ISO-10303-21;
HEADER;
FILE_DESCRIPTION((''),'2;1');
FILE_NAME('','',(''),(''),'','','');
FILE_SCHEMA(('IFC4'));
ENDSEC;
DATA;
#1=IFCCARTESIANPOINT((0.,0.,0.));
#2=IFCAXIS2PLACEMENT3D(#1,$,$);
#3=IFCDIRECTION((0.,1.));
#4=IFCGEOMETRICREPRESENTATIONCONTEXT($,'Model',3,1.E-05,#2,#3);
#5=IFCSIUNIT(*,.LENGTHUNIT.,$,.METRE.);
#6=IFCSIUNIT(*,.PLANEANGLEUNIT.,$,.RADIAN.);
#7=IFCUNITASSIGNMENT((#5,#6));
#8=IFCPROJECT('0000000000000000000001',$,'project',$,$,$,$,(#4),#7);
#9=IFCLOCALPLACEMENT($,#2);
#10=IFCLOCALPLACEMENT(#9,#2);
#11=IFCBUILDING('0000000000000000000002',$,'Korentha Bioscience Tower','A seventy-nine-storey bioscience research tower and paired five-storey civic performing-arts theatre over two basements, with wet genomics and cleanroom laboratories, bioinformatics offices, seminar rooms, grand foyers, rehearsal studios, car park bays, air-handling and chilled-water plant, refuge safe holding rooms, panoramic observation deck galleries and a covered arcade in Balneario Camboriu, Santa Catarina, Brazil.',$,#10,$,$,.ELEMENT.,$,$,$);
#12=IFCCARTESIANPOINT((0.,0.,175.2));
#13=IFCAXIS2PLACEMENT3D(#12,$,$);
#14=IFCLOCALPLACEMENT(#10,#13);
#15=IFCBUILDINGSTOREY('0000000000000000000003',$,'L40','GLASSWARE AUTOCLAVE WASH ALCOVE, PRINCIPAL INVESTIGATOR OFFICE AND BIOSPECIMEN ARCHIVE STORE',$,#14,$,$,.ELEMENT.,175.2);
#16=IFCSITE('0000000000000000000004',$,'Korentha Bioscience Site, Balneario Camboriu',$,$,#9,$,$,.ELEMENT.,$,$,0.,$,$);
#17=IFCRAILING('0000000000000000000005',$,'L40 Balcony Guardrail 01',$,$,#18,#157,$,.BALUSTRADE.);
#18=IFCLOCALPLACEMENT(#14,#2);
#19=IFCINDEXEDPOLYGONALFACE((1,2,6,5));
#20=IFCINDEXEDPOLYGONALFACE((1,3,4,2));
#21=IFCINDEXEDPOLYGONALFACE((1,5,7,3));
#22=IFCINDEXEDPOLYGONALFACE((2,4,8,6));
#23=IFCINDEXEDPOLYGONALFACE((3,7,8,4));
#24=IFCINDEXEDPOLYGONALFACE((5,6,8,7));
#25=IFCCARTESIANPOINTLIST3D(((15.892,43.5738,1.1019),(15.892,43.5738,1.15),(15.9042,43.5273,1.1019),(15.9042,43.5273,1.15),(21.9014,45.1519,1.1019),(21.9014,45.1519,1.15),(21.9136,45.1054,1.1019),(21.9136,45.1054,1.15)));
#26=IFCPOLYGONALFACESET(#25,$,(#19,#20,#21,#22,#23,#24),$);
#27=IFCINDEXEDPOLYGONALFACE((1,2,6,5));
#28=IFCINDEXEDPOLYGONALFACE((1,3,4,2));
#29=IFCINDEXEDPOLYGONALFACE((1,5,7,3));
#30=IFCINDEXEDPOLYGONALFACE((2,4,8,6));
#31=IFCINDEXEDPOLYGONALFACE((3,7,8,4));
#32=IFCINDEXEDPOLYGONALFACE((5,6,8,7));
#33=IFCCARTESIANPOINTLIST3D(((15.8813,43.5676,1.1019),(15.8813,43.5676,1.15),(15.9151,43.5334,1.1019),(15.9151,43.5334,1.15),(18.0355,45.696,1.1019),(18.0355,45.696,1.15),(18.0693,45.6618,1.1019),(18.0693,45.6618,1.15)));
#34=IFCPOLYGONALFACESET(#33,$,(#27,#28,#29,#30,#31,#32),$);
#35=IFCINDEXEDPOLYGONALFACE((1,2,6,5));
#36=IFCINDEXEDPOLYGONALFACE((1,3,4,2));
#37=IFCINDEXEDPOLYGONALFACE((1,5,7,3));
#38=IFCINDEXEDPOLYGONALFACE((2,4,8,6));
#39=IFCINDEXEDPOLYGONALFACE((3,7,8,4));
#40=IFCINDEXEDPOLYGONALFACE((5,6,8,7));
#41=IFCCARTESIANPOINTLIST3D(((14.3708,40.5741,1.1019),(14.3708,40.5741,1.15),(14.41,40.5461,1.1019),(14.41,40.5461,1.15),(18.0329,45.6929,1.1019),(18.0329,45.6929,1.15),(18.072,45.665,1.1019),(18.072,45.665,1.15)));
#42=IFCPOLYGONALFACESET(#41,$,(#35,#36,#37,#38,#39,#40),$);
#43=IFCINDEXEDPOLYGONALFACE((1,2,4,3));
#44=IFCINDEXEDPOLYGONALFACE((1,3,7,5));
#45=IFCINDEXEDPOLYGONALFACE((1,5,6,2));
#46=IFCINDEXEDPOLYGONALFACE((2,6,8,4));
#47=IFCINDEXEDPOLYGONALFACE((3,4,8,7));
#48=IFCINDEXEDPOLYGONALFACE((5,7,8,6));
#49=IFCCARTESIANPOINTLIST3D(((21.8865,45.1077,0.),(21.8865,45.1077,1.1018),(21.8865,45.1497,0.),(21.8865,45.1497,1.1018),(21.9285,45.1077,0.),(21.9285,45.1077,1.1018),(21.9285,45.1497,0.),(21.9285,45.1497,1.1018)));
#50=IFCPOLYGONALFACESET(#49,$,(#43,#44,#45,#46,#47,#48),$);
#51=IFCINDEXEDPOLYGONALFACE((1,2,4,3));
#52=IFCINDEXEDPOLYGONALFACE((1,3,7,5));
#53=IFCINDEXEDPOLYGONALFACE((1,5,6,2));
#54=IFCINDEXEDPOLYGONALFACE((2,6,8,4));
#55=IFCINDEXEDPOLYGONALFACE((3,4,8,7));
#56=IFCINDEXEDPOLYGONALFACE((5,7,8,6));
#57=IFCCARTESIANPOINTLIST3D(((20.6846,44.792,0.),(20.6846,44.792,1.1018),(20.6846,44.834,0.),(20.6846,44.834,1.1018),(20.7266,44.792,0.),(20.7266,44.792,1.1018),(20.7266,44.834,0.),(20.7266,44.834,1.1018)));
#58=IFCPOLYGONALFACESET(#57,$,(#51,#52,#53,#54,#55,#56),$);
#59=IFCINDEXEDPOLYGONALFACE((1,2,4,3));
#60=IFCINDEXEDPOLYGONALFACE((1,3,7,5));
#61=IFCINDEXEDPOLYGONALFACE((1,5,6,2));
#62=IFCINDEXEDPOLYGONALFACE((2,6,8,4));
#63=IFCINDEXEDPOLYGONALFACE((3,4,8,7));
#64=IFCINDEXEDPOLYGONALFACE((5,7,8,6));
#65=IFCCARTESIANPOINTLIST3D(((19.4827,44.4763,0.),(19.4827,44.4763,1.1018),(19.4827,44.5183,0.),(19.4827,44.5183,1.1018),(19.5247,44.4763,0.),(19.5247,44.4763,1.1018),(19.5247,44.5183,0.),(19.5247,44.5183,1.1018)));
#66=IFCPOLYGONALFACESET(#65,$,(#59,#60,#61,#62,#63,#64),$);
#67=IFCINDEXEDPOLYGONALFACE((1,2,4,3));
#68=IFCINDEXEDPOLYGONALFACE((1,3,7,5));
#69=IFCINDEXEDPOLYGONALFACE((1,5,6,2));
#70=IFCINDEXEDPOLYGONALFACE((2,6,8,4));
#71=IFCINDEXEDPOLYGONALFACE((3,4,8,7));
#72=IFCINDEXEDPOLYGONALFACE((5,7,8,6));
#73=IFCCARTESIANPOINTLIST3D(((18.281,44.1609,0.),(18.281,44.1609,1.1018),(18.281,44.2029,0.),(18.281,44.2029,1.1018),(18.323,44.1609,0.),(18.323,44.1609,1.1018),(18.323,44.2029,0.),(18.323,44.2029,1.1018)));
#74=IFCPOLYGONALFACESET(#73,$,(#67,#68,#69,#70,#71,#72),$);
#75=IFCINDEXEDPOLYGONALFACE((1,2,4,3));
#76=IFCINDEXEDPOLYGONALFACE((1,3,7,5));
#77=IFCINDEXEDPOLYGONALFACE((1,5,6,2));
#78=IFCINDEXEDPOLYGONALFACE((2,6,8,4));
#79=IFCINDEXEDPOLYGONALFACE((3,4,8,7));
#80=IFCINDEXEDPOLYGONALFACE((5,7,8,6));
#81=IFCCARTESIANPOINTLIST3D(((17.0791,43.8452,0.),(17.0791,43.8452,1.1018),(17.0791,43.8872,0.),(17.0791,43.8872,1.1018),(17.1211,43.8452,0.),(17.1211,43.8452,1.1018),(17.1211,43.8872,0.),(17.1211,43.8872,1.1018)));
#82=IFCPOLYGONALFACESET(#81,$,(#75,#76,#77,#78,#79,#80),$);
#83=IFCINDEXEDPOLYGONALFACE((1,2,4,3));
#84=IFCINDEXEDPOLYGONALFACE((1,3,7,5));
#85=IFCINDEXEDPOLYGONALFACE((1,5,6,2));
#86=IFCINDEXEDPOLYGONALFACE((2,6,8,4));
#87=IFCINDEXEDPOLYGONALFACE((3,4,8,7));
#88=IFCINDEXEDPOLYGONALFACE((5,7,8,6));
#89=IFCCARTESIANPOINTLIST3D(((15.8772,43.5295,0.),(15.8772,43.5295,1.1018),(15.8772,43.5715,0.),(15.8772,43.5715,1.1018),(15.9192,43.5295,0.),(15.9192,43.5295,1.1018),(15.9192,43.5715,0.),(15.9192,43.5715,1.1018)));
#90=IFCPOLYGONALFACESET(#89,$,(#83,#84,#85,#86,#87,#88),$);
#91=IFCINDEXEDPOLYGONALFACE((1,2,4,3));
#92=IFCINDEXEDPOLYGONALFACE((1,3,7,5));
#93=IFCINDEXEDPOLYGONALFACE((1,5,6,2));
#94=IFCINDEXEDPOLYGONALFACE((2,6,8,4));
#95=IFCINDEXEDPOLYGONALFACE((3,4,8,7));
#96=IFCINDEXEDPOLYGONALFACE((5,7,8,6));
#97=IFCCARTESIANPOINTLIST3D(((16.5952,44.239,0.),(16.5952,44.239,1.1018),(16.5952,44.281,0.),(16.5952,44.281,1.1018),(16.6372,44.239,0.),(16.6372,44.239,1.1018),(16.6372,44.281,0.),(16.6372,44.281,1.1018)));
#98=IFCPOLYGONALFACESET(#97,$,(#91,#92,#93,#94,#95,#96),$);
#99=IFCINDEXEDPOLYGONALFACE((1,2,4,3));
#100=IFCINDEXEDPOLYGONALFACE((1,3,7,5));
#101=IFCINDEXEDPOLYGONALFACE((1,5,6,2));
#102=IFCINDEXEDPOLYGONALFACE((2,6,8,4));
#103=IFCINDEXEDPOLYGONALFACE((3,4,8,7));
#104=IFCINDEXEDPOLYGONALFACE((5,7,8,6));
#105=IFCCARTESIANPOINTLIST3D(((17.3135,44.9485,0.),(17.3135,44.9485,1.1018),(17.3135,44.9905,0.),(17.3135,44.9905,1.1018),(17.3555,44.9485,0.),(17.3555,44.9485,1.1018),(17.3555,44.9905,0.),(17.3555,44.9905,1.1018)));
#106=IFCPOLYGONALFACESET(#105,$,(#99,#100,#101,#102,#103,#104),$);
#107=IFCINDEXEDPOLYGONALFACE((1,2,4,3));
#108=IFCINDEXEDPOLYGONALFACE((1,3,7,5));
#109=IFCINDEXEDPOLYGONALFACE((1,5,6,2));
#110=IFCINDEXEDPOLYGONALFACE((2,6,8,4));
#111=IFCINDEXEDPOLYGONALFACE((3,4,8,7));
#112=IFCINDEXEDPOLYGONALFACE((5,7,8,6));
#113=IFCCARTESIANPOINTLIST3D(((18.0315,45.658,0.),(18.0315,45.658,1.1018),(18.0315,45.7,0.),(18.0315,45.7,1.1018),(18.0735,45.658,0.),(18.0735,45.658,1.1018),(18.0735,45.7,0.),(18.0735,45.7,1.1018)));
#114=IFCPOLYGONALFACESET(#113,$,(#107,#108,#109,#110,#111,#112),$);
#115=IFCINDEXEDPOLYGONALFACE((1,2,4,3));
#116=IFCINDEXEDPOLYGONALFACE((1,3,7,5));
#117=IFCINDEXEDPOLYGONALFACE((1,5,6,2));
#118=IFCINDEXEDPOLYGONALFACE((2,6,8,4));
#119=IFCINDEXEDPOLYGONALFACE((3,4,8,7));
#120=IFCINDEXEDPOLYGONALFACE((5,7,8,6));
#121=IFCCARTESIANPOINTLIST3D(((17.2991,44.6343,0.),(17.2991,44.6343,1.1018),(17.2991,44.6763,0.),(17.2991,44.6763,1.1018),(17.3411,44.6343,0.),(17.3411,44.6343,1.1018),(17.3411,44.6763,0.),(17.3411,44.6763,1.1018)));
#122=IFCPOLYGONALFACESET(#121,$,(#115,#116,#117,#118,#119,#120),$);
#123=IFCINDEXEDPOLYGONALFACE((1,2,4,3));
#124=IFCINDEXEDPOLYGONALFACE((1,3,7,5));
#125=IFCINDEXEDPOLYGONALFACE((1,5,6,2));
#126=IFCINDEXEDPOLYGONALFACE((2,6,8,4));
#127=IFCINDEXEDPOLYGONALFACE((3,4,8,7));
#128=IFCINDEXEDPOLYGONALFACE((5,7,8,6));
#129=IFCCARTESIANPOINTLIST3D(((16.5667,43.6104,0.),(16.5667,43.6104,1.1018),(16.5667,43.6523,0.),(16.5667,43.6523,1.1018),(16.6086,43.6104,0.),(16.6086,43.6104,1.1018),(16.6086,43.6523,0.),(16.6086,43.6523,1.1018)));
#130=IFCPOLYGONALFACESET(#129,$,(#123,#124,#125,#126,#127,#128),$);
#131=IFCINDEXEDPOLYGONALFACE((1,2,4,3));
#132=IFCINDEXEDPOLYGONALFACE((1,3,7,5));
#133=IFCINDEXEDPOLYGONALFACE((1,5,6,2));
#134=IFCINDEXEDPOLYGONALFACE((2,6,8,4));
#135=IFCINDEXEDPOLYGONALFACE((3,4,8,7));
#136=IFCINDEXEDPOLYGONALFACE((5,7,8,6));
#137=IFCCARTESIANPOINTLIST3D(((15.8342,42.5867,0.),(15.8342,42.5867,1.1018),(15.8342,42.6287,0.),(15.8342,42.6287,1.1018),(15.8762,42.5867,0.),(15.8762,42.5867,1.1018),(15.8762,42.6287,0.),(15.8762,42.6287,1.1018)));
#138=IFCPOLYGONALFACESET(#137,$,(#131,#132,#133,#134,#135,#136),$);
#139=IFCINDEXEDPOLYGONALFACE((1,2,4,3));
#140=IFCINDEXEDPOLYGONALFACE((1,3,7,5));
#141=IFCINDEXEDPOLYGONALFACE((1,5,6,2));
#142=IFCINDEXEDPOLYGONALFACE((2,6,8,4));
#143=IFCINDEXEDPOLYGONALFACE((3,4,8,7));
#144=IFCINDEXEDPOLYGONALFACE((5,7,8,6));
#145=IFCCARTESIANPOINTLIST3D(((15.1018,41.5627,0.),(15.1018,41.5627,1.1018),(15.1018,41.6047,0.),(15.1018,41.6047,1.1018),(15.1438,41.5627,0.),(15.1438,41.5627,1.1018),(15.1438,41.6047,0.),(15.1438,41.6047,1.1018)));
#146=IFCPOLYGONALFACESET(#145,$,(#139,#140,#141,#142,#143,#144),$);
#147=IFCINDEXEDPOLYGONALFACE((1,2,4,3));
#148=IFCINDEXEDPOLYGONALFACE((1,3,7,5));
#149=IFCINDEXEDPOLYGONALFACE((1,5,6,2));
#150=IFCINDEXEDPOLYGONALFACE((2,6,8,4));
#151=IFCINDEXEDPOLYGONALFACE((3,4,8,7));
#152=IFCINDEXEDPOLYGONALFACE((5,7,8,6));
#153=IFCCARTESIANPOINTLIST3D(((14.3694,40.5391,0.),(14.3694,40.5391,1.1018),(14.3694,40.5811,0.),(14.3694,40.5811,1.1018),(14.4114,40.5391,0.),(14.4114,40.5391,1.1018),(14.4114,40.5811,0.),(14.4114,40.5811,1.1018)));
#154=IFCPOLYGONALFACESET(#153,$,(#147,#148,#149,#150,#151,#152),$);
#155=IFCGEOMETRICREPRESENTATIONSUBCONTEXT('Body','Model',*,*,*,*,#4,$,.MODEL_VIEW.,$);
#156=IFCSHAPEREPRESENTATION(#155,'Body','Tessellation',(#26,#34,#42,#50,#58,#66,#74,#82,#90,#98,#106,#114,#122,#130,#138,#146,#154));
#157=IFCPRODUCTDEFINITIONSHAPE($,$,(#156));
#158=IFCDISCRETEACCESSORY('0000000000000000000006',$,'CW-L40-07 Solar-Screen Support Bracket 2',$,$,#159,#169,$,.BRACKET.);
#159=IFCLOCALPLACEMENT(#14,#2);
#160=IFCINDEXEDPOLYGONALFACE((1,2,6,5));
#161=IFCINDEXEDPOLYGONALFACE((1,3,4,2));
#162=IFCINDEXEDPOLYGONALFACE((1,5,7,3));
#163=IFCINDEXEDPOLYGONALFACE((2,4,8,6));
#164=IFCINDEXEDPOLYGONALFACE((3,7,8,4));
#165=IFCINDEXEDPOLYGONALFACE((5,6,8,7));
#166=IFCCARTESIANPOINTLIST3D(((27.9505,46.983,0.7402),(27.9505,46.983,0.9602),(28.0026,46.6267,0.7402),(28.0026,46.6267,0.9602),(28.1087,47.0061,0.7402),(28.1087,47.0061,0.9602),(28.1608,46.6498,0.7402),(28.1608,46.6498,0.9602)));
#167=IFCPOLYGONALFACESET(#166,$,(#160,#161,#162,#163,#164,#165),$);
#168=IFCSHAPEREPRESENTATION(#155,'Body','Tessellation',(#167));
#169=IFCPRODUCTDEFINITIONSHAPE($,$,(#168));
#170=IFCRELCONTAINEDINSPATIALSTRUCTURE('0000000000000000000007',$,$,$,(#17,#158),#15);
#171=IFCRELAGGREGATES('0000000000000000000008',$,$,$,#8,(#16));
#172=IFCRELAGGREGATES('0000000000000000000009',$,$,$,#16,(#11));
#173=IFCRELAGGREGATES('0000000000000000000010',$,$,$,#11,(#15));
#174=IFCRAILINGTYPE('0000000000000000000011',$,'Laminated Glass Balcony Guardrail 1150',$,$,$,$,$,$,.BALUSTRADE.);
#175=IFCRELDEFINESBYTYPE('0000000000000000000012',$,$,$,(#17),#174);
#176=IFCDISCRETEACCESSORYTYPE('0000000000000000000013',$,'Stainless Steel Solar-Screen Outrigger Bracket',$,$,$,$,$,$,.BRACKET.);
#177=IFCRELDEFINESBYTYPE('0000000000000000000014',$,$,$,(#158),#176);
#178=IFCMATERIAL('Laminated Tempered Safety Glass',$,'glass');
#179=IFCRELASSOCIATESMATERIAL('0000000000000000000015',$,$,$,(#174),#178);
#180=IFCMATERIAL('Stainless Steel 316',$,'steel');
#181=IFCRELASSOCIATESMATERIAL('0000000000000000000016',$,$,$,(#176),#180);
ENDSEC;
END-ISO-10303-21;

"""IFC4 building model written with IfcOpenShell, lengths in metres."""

from ifc_helpers import new_model, si_unit, direction, frame, origin, origin_2d, place, context, subcontext, project, spatial, rectangle, extrude, material, type_object, element, save


model = new_model("IFC4")

# Units and contexts
model_context = context("Model", 3, precision=1e-05, world=origin(), true_north=direction((0.0, 1.0)))
body_context = subcontext(model_context, "Body", "Model", "MODEL_VIEW")
ifc_project = project(units=[si_unit("LENGTHUNIT", "METRE"), si_unit("PLANEANGLEUNIT", "RADIAN")], contexts=[model_context])

# Site, building, storey
site_placement = place(None, origin())
site = spatial("IfcSite", under=ifc_project, at=site_placement, Name="Korentha Bioscience Site, Balneario Camboriu", CompositionType="ELEMENT", RefElevation=0.0)
building_placement = place(site_placement, origin())
building = spatial("IfcBuilding", under=site, at=building_placement, Name="Korentha Bioscience Tower", Description="A seventy-nine-storey bioscience research tower and paired five-storey civic performing-arts theatre over two basements, with wet genomics and cleanroom laboratories, bioinformatics offices, seminar rooms, grand foyers, rehearsal studios, car park bays, air-handling and chilled-water plant, refuge safe holding rooms, panoramic observation deck galleries and a covered arcade in Balneario Camboriu, Santa Catarina, Brazil.", CompositionType="ELEMENT")
storey_placement = place(building_placement, frame((0.0, 0.0, 175.2)))
storey = spatial("IfcBuildingStorey", under=building, at=storey_placement, Name="L40", Description="GLASSWARE AUTOCLAVE WASH ALCOVE, PRINCIPAL INVESTIGATOR OFFICE AND BIOSPECIMEN ARCHIVE STORE", CompositionType="ELEMENT", Elevation=175.2)

# Railing
ifc_material_1 = material(Name="Laminated Tempered Safety Glass", Category="glass")
railing_type = type_object("IfcRailingType", Name="Laminated Glass Balcony Guardrail 1150", PredefinedType="BALUSTRADE", material=ifc_material_1)
railing_placement = place(storey_placement, frame((21.9075, 45.1287, 0.0)))
element("IfcRailing", 1, at=railing_placement, inside=storey, type_object=railing_type, Name="L40 Balcony Guardrail 01", PredefinedType="BALUSTRADE", context=body_context, shape_type="SweptSolid", body=[
    extrude(rectangle(XDim=0.0481, YDim=0.0481, at=origin_2d()), frame((0.0, 0.0, 1.126), z_axis=(-0.967204, -0.254002, 0.0), x_axis=(0.254002, -0.967204, 0.0)), (0.0, 0.0, 1.0), 6.2131),
    extrude(rectangle(XDim=0.0481, YDim=0.0481, at=origin_2d()), frame((-6.0093, -1.5781, 1.126), z_axis=(0.711367, 0.702821, 0.0), x_axis=(-0.702821, 0.711367, 0.0)), (0.0, 0.0, 1.0), 3.0283),
    extrude(rectangle(XDim=0.0481, YDim=0.0481, at=origin_2d()), frame((-3.855, 0.5503, 1.126), z_axis=(-0.581843, -0.813301, 0.0), x_axis=(0.813301, -0.581843, 0.0)), (0.0, 0.0, 1.0), 6.2939),
    extrude(rectangle(XDim=0.042, YDim=0.042, at=origin_2d()), origin(), (0.0, 0.0, 1.0), 1.1018),
    extrude(rectangle(XDim=0.042, YDim=0.042, at=origin_2d()), frame((-1.2019, -0.3157, 0.0)), (0.0, 0.0, 1.0), 1.1018),
    extrude(rectangle(XDim=0.042, YDim=0.042, at=origin_2d()), frame((-2.4038, -0.6313, 0.0)), (0.0, 0.0, 1.0), 1.1018),
    extrude(rectangle(XDim=0.042, YDim=0.042, at=origin_2d()), frame((-3.6055, -0.9468, 0.0)), (0.0, 0.0, 1.0), 1.1018),
    extrude(rectangle(XDim=0.042, YDim=0.042, at=origin_2d()), frame((-4.8074, -1.2625, 0.0)), (0.0, 0.0, 1.0), 1.1018),
    extrude(rectangle(XDim=0.042, YDim=0.042, at=origin_2d()), frame((-6.0093, -1.5781, 0.0)), (0.0, 0.0, 1.0), 1.1018),
    extrude(rectangle(XDim=0.042, YDim=0.042, at=origin_2d()), frame((-5.2913, -0.8687, 0.0)), (0.0, 0.0, 1.0), 1.1018),
    extrude(rectangle(XDim=0.042, YDim=0.042, at=origin_2d()), frame((-4.573, -0.1592, 0.0)), (0.0, 0.0, 1.0), 1.1018),
    extrude(rectangle(XDim=0.042, YDim=0.042, at=origin_2d()), frame((-3.855, 0.5503, 0.0)), (0.0, 0.0, 1.0), 1.1018),
    extrude(rectangle(XDim=0.042, YDim=0.042, at=origin_2d()), frame((-4.5874, -0.4734, 0.0)), (0.0, 0.0, 1.0), 1.1018),
    extrude(rectangle(XDim=0.042, YDim=0.042, at=origin_2d()), frame((-5.3198, -1.4973, 0.0)), (0.0, 0.0, 1.0), 1.1018),
    extrude(rectangle(XDim=0.042, YDim=0.042, at=origin_2d()), frame((-6.0522, -2.521, 0.0)), (0.0, 0.0, 1.0), 1.1018),
    extrude(rectangle(XDim=0.042, YDim=0.042, at=origin_2d()), frame((-6.7847, -3.5449, 0.0)), (0.0, 0.0, 1.0), 1.1018),
    extrude(rectangle(XDim=0.042, YDim=0.042, at=origin_2d()), frame((-7.5171, -4.5686, 0.0)), (0.0, 0.0, 1.0), 1.1018),
])

# Discrete accessory
ifc_material_2 = material(Name="Stainless Steel 316", Category="steel")
discrete_accessory_type = type_object("IfcDiscreteAccessoryType", Name="Stainless Steel Solar-Screen Outrigger Bracket", PredefinedType="BRACKET", material=ifc_material_2)
discrete_accessory_placement = place(storey_placement, frame((28.0557, 46.8164, 0.7402), z_axis=(0.0, 0.0, 1.0), x_axis=(-0.989462, -0.144793, 0.0)))
element("IfcDiscreteAccessory", 2, at=discrete_accessory_placement, inside=storey, type_object=discrete_accessory_type, Name="CW-L40-07 Solar-Screen Support Bracket 2", PredefinedType="BRACKET", context=body_context, shape_type="SweptSolid", body=[
    extrude(rectangle(XDim=0.1599, YDim=0.3601, at=origin_2d()), origin(), (0.0, 0.0, 1.0), 0.22),
])

save(model, "model.ifc")
